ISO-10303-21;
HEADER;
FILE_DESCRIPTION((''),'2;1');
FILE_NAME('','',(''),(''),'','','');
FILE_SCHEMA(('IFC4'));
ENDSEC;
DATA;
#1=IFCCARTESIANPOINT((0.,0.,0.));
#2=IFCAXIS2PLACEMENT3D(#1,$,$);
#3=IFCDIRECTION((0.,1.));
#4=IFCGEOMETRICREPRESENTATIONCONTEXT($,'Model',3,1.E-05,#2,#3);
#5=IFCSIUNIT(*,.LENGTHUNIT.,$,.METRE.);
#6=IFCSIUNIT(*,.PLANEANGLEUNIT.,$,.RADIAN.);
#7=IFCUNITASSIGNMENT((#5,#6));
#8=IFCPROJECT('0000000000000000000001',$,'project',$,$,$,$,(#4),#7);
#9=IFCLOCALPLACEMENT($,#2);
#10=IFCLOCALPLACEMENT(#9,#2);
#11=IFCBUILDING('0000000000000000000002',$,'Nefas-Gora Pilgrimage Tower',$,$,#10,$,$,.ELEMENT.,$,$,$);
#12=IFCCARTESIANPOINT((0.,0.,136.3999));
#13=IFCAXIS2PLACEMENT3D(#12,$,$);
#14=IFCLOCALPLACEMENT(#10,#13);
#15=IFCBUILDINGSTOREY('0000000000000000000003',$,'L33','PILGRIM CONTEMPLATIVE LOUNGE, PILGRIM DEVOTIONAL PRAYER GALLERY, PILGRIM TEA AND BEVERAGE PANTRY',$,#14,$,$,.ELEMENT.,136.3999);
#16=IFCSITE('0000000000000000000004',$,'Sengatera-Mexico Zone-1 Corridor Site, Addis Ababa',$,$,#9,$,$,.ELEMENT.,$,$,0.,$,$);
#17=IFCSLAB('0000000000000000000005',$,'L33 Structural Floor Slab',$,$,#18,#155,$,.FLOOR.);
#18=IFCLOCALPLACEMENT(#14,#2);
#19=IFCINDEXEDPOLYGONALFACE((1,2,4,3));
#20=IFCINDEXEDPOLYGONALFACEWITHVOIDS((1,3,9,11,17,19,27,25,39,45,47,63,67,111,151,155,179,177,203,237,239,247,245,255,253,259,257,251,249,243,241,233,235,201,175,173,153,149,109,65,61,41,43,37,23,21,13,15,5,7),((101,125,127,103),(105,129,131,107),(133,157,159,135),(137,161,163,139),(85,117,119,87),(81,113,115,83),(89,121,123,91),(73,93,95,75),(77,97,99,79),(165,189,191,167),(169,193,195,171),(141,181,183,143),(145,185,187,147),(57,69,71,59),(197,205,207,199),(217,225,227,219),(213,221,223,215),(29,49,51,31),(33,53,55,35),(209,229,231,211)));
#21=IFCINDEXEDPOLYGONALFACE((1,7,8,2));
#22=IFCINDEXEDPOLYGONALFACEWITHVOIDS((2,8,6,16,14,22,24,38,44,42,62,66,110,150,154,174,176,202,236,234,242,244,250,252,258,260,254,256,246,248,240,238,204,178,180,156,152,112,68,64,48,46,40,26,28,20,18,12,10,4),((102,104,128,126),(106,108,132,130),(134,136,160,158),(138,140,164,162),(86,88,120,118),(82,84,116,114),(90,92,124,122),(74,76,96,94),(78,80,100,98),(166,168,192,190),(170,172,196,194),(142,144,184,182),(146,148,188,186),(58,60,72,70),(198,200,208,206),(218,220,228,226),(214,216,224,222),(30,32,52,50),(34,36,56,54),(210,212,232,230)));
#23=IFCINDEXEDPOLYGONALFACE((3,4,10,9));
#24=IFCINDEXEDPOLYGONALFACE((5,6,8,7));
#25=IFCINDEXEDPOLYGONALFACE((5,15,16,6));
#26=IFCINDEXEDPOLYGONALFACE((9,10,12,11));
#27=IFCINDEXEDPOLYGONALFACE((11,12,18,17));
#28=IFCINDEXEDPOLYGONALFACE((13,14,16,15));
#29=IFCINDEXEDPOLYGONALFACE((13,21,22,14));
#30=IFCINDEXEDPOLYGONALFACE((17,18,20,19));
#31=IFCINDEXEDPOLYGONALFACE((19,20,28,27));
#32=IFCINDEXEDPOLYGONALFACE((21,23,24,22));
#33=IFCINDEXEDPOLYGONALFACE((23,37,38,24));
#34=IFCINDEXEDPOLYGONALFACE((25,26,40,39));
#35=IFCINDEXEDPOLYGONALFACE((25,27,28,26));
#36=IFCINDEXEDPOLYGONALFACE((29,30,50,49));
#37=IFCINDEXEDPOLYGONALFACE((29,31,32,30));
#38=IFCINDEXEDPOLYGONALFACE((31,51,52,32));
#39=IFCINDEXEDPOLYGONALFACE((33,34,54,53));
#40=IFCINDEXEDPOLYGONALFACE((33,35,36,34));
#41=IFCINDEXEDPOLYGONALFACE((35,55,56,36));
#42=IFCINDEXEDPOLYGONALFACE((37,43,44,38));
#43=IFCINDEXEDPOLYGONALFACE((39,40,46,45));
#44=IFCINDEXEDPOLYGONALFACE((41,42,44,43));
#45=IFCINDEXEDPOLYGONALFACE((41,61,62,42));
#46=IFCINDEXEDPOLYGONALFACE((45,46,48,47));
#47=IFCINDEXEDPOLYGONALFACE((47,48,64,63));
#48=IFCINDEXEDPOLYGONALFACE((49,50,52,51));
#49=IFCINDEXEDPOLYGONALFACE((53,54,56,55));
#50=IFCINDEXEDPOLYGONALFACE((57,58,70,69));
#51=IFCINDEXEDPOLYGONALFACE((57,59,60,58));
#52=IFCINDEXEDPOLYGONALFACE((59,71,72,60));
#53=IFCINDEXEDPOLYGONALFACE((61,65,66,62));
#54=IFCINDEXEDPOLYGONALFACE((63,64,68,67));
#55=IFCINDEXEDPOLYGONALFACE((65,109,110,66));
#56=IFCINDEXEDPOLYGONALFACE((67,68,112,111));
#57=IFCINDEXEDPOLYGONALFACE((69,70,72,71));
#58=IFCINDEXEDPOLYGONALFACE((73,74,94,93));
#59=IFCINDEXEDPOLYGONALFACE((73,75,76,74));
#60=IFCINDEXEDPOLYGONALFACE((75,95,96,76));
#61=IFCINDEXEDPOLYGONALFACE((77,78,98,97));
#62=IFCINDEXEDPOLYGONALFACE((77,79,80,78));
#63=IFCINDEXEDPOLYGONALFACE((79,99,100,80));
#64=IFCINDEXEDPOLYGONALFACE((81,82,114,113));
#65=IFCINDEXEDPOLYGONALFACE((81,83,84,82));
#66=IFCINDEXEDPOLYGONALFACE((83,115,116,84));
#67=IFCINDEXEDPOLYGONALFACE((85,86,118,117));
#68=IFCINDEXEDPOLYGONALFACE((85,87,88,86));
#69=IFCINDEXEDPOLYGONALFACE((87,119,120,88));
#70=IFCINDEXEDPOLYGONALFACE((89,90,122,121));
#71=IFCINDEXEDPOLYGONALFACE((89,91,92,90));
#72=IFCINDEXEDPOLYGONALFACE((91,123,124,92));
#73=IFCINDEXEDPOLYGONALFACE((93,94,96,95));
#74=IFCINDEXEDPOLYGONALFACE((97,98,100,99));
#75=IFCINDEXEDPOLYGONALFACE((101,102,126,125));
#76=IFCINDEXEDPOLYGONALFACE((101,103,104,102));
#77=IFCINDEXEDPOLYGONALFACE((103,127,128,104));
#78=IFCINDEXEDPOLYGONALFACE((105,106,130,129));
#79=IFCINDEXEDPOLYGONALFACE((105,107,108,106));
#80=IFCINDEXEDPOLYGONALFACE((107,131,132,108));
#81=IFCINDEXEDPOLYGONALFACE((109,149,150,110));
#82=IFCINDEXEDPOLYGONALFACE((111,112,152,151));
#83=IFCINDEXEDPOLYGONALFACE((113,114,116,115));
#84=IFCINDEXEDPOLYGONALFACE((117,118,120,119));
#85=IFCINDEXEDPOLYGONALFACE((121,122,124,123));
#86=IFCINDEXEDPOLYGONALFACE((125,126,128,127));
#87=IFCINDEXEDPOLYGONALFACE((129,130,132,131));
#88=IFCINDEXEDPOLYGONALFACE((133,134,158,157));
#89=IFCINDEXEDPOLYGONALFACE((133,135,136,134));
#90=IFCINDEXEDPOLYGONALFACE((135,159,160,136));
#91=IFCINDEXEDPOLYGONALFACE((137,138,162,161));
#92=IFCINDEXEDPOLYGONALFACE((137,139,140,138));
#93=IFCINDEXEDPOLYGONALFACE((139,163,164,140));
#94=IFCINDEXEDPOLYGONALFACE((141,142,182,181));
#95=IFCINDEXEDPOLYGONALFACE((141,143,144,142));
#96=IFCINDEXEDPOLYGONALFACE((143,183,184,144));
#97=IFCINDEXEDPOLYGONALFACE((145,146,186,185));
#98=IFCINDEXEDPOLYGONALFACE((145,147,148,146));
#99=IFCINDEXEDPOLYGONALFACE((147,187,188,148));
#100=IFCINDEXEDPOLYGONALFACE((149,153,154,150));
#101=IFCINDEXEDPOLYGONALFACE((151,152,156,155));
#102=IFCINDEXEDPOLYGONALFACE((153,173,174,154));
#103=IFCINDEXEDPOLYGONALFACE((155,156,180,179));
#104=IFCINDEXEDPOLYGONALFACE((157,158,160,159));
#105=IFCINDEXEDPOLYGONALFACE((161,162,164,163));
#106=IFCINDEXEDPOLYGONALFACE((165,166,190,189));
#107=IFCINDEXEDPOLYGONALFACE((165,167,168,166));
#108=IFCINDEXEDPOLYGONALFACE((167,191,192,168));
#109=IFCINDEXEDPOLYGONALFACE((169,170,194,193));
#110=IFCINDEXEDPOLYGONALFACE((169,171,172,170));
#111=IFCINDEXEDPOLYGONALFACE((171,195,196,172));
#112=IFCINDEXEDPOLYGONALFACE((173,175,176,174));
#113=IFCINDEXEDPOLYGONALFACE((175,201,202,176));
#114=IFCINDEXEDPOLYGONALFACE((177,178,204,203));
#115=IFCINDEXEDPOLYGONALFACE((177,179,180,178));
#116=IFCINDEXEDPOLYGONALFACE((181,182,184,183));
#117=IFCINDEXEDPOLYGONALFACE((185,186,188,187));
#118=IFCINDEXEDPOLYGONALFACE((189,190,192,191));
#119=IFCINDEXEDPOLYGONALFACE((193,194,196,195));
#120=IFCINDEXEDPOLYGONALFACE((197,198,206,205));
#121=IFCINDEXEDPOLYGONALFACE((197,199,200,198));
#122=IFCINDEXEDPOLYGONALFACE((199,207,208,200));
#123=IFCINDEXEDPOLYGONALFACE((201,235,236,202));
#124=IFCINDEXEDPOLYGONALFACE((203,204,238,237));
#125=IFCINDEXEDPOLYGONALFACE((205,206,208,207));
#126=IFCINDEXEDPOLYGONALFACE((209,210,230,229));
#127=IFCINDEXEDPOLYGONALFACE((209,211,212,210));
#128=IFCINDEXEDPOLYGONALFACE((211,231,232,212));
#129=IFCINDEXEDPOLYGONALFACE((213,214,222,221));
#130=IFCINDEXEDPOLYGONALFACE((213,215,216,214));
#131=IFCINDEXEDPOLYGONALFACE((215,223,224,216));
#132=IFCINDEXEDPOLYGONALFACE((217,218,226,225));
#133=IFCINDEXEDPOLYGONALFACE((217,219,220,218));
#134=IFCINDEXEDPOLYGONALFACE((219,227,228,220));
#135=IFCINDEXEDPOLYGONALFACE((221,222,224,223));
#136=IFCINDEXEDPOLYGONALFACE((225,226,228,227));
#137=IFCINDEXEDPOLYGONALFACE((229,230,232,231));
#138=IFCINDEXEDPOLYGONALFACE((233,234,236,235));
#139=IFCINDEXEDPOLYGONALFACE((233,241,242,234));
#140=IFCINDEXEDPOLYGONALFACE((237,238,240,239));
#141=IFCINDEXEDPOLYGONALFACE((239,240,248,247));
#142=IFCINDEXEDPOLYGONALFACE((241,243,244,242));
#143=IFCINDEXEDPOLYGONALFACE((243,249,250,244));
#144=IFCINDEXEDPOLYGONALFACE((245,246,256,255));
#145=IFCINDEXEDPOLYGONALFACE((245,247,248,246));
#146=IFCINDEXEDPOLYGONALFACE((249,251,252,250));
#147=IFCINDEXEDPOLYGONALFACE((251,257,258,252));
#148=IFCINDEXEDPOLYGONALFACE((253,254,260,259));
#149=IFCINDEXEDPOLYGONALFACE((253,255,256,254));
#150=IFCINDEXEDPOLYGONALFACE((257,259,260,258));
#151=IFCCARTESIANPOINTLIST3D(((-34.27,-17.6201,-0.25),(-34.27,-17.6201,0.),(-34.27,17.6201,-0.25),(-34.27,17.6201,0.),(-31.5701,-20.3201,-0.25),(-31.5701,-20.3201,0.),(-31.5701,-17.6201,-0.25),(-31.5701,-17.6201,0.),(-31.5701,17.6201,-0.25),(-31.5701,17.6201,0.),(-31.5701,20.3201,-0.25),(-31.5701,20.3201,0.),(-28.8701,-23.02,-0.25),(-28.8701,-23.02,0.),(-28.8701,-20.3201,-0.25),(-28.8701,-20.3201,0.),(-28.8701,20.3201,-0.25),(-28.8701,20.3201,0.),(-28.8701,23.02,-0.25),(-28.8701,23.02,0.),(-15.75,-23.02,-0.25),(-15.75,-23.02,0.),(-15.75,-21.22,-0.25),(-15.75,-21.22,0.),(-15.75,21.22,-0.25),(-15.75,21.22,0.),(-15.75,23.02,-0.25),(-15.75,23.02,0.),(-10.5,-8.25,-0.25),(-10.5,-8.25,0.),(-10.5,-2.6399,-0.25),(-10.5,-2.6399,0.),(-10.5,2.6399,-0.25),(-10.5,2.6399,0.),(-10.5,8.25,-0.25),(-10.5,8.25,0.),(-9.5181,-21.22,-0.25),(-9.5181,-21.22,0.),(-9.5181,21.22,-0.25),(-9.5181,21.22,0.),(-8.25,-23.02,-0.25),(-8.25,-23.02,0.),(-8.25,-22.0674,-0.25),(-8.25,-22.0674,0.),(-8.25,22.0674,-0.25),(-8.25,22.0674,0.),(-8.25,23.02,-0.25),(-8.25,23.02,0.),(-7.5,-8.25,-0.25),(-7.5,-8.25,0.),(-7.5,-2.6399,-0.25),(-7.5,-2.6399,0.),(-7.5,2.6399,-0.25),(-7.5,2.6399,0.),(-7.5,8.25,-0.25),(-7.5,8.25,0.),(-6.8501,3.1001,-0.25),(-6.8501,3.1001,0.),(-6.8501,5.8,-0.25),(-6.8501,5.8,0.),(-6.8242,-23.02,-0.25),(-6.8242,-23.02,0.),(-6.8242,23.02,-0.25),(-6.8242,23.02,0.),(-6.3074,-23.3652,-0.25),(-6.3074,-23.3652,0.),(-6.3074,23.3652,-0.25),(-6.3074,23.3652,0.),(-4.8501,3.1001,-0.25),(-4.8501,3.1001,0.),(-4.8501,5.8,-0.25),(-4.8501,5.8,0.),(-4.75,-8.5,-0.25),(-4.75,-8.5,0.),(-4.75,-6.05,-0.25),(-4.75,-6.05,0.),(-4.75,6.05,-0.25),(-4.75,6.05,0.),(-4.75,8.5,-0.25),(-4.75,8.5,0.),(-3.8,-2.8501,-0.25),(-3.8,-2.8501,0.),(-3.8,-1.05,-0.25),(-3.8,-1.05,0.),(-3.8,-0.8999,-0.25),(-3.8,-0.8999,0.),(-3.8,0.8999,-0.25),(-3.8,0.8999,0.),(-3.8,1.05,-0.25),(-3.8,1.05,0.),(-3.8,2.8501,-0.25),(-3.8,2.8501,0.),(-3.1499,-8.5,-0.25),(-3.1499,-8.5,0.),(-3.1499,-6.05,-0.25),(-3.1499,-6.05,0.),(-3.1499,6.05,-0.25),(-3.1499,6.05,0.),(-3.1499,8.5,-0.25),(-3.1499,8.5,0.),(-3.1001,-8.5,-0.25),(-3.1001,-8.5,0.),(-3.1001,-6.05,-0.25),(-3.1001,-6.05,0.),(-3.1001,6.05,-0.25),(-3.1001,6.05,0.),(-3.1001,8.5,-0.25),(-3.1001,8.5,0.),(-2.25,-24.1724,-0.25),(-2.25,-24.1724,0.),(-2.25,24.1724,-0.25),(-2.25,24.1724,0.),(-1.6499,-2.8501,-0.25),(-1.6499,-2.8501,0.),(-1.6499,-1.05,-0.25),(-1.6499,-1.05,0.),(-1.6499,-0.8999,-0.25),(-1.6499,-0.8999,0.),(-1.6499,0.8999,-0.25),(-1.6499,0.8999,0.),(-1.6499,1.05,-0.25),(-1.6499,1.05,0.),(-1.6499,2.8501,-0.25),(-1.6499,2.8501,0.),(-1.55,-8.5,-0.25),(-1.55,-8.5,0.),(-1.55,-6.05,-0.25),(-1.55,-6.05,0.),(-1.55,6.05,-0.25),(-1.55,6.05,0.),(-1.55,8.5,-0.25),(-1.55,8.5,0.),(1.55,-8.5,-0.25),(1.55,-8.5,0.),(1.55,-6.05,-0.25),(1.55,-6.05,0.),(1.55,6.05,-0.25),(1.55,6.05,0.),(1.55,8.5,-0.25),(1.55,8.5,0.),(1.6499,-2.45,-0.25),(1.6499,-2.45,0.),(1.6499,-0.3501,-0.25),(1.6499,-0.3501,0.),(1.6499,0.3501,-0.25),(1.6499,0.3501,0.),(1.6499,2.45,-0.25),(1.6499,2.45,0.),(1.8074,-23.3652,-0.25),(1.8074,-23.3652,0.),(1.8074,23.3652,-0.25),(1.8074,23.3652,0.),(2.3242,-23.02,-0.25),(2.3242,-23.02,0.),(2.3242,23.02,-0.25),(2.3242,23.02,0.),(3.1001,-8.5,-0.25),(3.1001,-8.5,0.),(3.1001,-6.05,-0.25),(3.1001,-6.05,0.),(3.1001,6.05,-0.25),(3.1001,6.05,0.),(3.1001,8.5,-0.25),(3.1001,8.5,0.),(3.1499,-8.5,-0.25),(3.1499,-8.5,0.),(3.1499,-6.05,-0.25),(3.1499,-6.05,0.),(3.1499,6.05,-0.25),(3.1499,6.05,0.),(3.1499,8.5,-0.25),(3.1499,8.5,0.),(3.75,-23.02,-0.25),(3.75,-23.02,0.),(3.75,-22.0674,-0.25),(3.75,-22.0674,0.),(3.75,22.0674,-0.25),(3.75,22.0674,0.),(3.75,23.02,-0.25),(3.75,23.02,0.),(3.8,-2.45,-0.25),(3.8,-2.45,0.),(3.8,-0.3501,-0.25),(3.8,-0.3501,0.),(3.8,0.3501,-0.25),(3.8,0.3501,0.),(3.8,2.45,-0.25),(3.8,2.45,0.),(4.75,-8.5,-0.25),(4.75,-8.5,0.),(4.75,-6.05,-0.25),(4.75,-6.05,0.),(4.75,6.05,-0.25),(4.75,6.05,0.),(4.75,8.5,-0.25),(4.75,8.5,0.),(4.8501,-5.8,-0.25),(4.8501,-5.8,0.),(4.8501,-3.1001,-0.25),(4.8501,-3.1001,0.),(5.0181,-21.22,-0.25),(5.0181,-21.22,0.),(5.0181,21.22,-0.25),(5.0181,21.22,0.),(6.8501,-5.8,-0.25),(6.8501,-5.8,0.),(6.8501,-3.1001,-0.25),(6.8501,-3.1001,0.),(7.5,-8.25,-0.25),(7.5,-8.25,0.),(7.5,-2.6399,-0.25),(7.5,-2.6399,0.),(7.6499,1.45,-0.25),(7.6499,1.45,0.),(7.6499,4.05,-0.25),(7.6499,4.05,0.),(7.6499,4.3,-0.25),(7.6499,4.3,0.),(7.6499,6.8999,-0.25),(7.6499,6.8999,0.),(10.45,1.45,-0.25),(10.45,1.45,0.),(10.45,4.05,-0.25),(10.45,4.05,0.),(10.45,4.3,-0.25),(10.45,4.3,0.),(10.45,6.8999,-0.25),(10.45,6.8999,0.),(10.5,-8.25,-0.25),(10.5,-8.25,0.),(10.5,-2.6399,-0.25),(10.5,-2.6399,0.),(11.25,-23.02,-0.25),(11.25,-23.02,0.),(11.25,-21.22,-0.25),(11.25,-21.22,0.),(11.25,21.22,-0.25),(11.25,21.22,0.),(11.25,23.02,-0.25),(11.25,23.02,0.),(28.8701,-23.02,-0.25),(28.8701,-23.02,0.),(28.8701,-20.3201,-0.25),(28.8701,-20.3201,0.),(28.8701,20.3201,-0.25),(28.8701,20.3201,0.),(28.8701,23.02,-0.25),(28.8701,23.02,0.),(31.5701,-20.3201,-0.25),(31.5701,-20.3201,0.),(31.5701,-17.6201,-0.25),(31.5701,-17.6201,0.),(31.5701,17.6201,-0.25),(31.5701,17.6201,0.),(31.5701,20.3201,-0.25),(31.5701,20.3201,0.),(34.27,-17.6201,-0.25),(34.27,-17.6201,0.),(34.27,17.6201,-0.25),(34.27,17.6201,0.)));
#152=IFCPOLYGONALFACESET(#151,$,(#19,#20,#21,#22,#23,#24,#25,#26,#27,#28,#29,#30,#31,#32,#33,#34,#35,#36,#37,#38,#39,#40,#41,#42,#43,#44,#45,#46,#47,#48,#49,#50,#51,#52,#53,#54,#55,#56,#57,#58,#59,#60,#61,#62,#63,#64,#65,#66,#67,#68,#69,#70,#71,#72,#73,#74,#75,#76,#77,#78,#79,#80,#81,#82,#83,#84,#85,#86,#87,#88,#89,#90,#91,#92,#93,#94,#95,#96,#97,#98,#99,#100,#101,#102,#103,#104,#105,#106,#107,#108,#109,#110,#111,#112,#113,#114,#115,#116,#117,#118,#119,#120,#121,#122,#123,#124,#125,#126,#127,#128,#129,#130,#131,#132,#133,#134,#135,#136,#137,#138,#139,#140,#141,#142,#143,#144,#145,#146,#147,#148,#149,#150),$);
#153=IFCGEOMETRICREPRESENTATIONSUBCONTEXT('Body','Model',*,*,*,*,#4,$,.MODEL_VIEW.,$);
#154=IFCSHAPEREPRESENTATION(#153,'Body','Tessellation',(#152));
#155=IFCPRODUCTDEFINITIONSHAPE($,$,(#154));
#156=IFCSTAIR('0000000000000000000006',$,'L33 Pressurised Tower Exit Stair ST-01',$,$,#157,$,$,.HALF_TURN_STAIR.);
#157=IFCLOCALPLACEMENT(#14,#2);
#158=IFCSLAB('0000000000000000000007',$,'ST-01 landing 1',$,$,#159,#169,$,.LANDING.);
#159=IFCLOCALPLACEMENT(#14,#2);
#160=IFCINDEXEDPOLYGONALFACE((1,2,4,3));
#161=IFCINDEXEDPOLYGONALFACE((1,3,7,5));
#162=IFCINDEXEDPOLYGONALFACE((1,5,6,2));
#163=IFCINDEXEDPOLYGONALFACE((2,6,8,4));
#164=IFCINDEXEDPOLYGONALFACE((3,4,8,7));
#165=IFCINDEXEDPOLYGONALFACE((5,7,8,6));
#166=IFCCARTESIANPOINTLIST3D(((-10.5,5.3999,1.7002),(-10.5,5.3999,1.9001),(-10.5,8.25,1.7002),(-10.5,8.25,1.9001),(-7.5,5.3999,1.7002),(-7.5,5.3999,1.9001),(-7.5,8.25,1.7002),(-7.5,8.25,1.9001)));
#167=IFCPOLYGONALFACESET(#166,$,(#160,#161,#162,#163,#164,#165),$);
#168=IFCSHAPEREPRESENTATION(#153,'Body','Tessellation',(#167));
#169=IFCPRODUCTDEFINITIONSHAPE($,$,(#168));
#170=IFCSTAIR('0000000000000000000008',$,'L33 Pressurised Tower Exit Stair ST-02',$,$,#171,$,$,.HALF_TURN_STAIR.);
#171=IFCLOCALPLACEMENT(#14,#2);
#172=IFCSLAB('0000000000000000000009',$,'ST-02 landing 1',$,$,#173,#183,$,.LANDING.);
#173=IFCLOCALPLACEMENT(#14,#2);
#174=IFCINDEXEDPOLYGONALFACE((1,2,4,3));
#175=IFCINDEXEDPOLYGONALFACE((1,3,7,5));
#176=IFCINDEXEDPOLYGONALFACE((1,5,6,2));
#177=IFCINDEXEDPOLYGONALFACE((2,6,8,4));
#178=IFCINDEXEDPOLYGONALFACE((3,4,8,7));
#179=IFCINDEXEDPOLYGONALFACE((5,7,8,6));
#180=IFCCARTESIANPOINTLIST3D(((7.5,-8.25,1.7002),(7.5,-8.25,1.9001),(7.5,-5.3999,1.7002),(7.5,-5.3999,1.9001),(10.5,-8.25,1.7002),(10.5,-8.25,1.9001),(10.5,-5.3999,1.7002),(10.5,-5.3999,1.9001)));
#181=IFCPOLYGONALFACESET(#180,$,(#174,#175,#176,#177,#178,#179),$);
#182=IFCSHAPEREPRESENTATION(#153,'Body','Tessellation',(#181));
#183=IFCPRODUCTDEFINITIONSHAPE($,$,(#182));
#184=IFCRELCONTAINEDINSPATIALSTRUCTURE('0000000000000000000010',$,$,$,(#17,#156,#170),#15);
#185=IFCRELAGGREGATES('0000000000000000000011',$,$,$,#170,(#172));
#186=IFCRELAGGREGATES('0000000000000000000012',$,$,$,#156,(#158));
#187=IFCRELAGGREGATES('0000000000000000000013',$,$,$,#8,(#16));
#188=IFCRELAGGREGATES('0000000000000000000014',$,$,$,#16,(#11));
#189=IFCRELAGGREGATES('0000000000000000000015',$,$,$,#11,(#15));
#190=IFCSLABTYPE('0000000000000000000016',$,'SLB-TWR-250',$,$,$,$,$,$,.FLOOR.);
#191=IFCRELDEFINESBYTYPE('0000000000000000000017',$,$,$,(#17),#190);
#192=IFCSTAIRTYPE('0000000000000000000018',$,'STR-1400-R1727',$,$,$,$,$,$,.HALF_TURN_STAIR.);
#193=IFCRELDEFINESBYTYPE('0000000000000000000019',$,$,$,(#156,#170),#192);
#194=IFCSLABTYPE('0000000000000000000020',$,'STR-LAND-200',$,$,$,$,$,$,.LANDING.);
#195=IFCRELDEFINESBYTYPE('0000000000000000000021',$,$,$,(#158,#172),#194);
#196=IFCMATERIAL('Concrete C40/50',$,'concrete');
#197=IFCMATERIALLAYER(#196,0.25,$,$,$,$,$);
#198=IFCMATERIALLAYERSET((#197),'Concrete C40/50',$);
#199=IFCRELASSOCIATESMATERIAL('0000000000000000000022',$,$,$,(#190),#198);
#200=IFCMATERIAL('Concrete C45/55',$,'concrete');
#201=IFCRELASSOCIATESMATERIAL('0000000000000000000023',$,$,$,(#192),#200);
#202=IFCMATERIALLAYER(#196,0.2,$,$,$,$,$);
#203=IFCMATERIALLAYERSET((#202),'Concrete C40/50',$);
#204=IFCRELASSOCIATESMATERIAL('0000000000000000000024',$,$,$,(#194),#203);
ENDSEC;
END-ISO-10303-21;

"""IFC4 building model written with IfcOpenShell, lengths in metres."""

from ifc_helpers import new_model, si_unit, direction, frame, origin, place, context, subcontext, project, spatial, polyline, outline, extrude, material, layer, layer_set, type_object, element, aggregate, save


model = new_model("IFC4")

# Units and contexts
model_context = context("Model", 3, precision=1e-05, world=origin(), true_north=direction((0.0, 1.0)))
body_context = subcontext(model_context, "Body", "Model", "MODEL_VIEW")
ifc_project = project(units=[si_unit("LENGTHUNIT", "METRE"), si_unit("PLANEANGLEUNIT", "RADIAN")], contexts=[model_context])

# Site, building, storey
site_placement = place(None, origin())
site = spatial("IfcSite", under=ifc_project, at=site_placement, Name="Sengatera-Mexico Zone-1 Corridor Site, Addis Ababa", CompositionType="ELEMENT", RefElevation=0.0)
building_placement = place(site_placement, origin())
building = spatial("IfcBuilding", under=site, at=building_placement, Name="Nefas-Gora Pilgrimage Tower", CompositionType="ELEMENT")
storey_placement = place(building_placement, frame((0.0, 0.0, 136.3999)))
storey = spatial("IfcBuildingStorey", under=building, at=storey_placement, Name="L33", Description="PILGRIM CONTEMPLATIVE LOUNGE, PILGRIM DEVOTIONAL PRAYER GALLERY, PILGRIM TEA AND BEVERAGE PANTRY", CompositionType="ELEMENT", Elevation=136.3999)

# Slab
ifc_material_1 = material(Name="Concrete C40/50", Category="concrete")
ifc_layer_1 = layer(ifc_material_1, 0.25)
ifc_layer_set_1 = layer_set([ifc_layer_1], Name="Concrete C40/50")
slab_type_1 = type_object("IfcSlabType", Name="SLB-TWR-250", PredefinedType="FLOOR", material=ifc_layer_set_1)
slab_1_placement = place(storey_placement, frame((0.0, 0.0, -0.25)))
element("IfcSlab", 1, at=slab_1_placement, inside=storey, type_object=slab_type_1, Name="L33 Structural Floor Slab", PredefinedType="FLOOR", context=body_context, shape_type="SweptSolid", body=[
    extrude(outline(polyline([(5.0181, -21.22), (11.25, -21.22), (11.25, -23.02), (28.8701, -23.02), (28.8701, -20.3201), (31.5701, -20.3201), (31.5701, -17.6201), (34.27, -17.6201), (34.27, 17.6201), (31.5701, 17.6201), (31.5701, 20.3201), (28.8701, 20.3201), (28.8701, 23.02), (11.25, 23.02), (11.25, 21.22), (5.0181, 21.22), (3.75, 22.0674), (3.75, 23.02), (2.3242, 23.02), (1.8074, 23.3652), (-2.25, 24.1724), (-6.3074, 23.3652), (-6.8242, 23.02), (-8.25, 23.02), (-8.25, 22.0674), (-9.5181, 21.22), (-15.75, 21.22), (-15.75, 23.02), (-28.8701, 23.02), (-28.8701, 20.3201), (-31.5701, 20.3201), (-31.5701, 17.6201), (-34.27, 17.6201), (-34.27, -17.6201), (-31.5701, -17.6201), (-31.5701, -20.3201), (-28.8701, -20.3201), (-28.8701, -23.02), (-15.75, -23.02), (-15.75, -21.22), (-9.5181, -21.22), (-8.25, -22.0674), (-8.25, -23.02), (-6.8242, -23.02), (-6.3074, -23.3652), (-2.25, -24.1724), (1.8074, -23.3652), (2.3242, -23.02), (3.75, -23.02), (3.75, -22.0674), (5.0181, -21.22)]), holes=[polyline([(-10.5, 2.6399), (-10.5, 8.25), (-7.5, 8.25), (-7.5, 2.6399), (-10.5, 2.6399)]), polyline([(10.5, -2.6399), (10.5, -8.25), (7.5, -8.25), (7.5, -2.6399), (10.5, -2.6399)]), polyline([(-7.5, -2.6399), (-7.5, -8.25), (-10.5, -8.25), (-10.5, -2.6399), (-7.5, -2.6399)]), polyline([(-6.8501, 5.8), (-4.8501, 5.8), (-4.8501, 3.1001), (-6.8501, 3.1001), (-6.8501, 5.8)]), polyline([(4.8501, -3.1001), (6.8501, -3.1001), (6.8501, -5.8), (4.8501, -5.8), (4.8501, -3.1001)]), polyline([(7.6499, 4.05), (10.45, 4.05), (10.45, 1.45), (7.6499, 1.45), (7.6499, 4.05)]), polyline([(7.6499, 6.8999), (10.45, 6.8999), (10.45, 4.3), (7.6499, 4.3), (7.6499, 6.8999)]), polyline([(-4.75, 8.5), (-3.1499, 8.5), (-3.1499, 6.05), (-4.75, 6.05), (-4.75, 8.5)]), polyline([(-3.1001, 8.5), (-1.55, 8.5), (-1.55, 6.05), (-3.1001, 6.05), (-3.1001, 8.5)]), polyline([(1.55, 8.5), (3.1001, 8.5), (3.1001, 6.05), (1.55, 6.05), (1.55, 8.5)]), polyline([(3.1499, 8.5), (4.75, 8.5), (4.75, 6.05), (3.1499, 6.05), (3.1499, 8.5)]), polyline([(-4.75, -6.05), (-3.1499, -6.05), (-3.1499, -8.5), (-4.75, -8.5), (-4.75, -6.05)]), polyline([(-3.1001, -6.05), (-1.55, -6.05), (-1.55, -8.5), (-3.1001, -8.5), (-3.1001, -6.05)]), polyline([(1.55, -6.05), (3.1001, -6.05), (3.1001, -8.5), (1.55, -8.5), (1.55, -6.05)]), polyline([(3.1499, -6.05), (4.75, -6.05), (4.75, -8.5), (3.1499, -8.5), (3.1499, -6.05)]), polyline([(-3.8, -1.05), (-1.6499, -1.05), (-1.6499, -2.8501), (-3.8, -2.8501), (-3.8, -1.05)]), polyline([(-3.8, 0.8999), (-1.6499, 0.8999), (-1.6499, -0.8999), (-3.8, -0.8999), (-3.8, 0.8999)]), polyline([(-3.8, 2.8501), (-1.6499, 2.8501), (-1.6499, 1.05), (-3.8, 1.05), (-3.8, 2.8501)]), polyline([(1.6499, -0.3501), (3.8, -0.3501), (3.8, -2.45), (1.6499, -2.45), (1.6499, -0.3501)]), polyline([(1.6499, 2.45), (3.8, 2.45), (3.8, 0.3501), (1.6499, 0.3501), (1.6499, 2.45)])]), origin(), (0.0, 0.0, 1.0), 0.25),
])

# Stairs, slabs
ifc_material_2 = material(Name="Concrete C45/55", Category="concrete")
stair_type = type_object("IfcStairType", Name="STR-1400-R1727", PredefinedType="HALF_TURN_STAIR", material=ifc_material_2)
stair_1_placement = place(storey_placement, origin())
stair_1 = element("IfcStair", 2, at=stair_1_placement, inside=storey, type_object=stair_type, Name="L33 Pressurised Tower Exit Stair ST-01", PredefinedType="HALF_TURN_STAIR")
ifc_layer_2 = layer(ifc_material_1, 0.2)
ifc_layer_set_2 = layer_set([ifc_layer_2], Name="Concrete C40/50")
slab_type_2 = type_object("IfcSlabType", Name="STR-LAND-200", PredefinedType="LANDING", material=ifc_layer_set_2)
slab_2_placement = place(storey_placement, frame((0.0, 0.0, 1.7002)))
slab_2 = element("IfcSlab", 3, at=slab_2_placement, type_object=slab_type_2, Name="ST-01 landing 1", PredefinedType="LANDING", context=body_context, shape_type="SweptSolid", body=[
    extrude(outline(polyline([(-7.5, 5.3999), (-7.5, 8.25), (-10.5, 8.25), (-10.5, 5.3999), (-7.5, 5.3999)])), origin(), (0.0, 0.0, 1.0), 0.2),
])
stair_2_placement = place(storey_placement, origin())
stair_2 = element("IfcStair", 4, at=stair_2_placement, inside=storey, type_object=stair_type, Name="L33 Pressurised Tower Exit Stair ST-02", PredefinedType="HALF_TURN_STAIR")
slab_3_placement = place(storey_placement, frame((0.0, 0.0, 1.7002)))
slab_3 = element("IfcSlab", 5, at=slab_3_placement, type_object=slab_type_2, Name="ST-02 landing 1", PredefinedType="LANDING", context=body_context, shape_type="SweptSolid", body=[
    extrude(outline(polyline([(7.5, -5.3999), (7.5, -8.25), (10.5, -8.25), (10.5, -5.3999), (7.5, -5.3999)])), origin(), (0.0, 0.0, 1.0), 0.2),
])
aggregate(stair_2, [slab_3])

aggregate(stair_1, [slab_2])

save(model, "model.ifc")
